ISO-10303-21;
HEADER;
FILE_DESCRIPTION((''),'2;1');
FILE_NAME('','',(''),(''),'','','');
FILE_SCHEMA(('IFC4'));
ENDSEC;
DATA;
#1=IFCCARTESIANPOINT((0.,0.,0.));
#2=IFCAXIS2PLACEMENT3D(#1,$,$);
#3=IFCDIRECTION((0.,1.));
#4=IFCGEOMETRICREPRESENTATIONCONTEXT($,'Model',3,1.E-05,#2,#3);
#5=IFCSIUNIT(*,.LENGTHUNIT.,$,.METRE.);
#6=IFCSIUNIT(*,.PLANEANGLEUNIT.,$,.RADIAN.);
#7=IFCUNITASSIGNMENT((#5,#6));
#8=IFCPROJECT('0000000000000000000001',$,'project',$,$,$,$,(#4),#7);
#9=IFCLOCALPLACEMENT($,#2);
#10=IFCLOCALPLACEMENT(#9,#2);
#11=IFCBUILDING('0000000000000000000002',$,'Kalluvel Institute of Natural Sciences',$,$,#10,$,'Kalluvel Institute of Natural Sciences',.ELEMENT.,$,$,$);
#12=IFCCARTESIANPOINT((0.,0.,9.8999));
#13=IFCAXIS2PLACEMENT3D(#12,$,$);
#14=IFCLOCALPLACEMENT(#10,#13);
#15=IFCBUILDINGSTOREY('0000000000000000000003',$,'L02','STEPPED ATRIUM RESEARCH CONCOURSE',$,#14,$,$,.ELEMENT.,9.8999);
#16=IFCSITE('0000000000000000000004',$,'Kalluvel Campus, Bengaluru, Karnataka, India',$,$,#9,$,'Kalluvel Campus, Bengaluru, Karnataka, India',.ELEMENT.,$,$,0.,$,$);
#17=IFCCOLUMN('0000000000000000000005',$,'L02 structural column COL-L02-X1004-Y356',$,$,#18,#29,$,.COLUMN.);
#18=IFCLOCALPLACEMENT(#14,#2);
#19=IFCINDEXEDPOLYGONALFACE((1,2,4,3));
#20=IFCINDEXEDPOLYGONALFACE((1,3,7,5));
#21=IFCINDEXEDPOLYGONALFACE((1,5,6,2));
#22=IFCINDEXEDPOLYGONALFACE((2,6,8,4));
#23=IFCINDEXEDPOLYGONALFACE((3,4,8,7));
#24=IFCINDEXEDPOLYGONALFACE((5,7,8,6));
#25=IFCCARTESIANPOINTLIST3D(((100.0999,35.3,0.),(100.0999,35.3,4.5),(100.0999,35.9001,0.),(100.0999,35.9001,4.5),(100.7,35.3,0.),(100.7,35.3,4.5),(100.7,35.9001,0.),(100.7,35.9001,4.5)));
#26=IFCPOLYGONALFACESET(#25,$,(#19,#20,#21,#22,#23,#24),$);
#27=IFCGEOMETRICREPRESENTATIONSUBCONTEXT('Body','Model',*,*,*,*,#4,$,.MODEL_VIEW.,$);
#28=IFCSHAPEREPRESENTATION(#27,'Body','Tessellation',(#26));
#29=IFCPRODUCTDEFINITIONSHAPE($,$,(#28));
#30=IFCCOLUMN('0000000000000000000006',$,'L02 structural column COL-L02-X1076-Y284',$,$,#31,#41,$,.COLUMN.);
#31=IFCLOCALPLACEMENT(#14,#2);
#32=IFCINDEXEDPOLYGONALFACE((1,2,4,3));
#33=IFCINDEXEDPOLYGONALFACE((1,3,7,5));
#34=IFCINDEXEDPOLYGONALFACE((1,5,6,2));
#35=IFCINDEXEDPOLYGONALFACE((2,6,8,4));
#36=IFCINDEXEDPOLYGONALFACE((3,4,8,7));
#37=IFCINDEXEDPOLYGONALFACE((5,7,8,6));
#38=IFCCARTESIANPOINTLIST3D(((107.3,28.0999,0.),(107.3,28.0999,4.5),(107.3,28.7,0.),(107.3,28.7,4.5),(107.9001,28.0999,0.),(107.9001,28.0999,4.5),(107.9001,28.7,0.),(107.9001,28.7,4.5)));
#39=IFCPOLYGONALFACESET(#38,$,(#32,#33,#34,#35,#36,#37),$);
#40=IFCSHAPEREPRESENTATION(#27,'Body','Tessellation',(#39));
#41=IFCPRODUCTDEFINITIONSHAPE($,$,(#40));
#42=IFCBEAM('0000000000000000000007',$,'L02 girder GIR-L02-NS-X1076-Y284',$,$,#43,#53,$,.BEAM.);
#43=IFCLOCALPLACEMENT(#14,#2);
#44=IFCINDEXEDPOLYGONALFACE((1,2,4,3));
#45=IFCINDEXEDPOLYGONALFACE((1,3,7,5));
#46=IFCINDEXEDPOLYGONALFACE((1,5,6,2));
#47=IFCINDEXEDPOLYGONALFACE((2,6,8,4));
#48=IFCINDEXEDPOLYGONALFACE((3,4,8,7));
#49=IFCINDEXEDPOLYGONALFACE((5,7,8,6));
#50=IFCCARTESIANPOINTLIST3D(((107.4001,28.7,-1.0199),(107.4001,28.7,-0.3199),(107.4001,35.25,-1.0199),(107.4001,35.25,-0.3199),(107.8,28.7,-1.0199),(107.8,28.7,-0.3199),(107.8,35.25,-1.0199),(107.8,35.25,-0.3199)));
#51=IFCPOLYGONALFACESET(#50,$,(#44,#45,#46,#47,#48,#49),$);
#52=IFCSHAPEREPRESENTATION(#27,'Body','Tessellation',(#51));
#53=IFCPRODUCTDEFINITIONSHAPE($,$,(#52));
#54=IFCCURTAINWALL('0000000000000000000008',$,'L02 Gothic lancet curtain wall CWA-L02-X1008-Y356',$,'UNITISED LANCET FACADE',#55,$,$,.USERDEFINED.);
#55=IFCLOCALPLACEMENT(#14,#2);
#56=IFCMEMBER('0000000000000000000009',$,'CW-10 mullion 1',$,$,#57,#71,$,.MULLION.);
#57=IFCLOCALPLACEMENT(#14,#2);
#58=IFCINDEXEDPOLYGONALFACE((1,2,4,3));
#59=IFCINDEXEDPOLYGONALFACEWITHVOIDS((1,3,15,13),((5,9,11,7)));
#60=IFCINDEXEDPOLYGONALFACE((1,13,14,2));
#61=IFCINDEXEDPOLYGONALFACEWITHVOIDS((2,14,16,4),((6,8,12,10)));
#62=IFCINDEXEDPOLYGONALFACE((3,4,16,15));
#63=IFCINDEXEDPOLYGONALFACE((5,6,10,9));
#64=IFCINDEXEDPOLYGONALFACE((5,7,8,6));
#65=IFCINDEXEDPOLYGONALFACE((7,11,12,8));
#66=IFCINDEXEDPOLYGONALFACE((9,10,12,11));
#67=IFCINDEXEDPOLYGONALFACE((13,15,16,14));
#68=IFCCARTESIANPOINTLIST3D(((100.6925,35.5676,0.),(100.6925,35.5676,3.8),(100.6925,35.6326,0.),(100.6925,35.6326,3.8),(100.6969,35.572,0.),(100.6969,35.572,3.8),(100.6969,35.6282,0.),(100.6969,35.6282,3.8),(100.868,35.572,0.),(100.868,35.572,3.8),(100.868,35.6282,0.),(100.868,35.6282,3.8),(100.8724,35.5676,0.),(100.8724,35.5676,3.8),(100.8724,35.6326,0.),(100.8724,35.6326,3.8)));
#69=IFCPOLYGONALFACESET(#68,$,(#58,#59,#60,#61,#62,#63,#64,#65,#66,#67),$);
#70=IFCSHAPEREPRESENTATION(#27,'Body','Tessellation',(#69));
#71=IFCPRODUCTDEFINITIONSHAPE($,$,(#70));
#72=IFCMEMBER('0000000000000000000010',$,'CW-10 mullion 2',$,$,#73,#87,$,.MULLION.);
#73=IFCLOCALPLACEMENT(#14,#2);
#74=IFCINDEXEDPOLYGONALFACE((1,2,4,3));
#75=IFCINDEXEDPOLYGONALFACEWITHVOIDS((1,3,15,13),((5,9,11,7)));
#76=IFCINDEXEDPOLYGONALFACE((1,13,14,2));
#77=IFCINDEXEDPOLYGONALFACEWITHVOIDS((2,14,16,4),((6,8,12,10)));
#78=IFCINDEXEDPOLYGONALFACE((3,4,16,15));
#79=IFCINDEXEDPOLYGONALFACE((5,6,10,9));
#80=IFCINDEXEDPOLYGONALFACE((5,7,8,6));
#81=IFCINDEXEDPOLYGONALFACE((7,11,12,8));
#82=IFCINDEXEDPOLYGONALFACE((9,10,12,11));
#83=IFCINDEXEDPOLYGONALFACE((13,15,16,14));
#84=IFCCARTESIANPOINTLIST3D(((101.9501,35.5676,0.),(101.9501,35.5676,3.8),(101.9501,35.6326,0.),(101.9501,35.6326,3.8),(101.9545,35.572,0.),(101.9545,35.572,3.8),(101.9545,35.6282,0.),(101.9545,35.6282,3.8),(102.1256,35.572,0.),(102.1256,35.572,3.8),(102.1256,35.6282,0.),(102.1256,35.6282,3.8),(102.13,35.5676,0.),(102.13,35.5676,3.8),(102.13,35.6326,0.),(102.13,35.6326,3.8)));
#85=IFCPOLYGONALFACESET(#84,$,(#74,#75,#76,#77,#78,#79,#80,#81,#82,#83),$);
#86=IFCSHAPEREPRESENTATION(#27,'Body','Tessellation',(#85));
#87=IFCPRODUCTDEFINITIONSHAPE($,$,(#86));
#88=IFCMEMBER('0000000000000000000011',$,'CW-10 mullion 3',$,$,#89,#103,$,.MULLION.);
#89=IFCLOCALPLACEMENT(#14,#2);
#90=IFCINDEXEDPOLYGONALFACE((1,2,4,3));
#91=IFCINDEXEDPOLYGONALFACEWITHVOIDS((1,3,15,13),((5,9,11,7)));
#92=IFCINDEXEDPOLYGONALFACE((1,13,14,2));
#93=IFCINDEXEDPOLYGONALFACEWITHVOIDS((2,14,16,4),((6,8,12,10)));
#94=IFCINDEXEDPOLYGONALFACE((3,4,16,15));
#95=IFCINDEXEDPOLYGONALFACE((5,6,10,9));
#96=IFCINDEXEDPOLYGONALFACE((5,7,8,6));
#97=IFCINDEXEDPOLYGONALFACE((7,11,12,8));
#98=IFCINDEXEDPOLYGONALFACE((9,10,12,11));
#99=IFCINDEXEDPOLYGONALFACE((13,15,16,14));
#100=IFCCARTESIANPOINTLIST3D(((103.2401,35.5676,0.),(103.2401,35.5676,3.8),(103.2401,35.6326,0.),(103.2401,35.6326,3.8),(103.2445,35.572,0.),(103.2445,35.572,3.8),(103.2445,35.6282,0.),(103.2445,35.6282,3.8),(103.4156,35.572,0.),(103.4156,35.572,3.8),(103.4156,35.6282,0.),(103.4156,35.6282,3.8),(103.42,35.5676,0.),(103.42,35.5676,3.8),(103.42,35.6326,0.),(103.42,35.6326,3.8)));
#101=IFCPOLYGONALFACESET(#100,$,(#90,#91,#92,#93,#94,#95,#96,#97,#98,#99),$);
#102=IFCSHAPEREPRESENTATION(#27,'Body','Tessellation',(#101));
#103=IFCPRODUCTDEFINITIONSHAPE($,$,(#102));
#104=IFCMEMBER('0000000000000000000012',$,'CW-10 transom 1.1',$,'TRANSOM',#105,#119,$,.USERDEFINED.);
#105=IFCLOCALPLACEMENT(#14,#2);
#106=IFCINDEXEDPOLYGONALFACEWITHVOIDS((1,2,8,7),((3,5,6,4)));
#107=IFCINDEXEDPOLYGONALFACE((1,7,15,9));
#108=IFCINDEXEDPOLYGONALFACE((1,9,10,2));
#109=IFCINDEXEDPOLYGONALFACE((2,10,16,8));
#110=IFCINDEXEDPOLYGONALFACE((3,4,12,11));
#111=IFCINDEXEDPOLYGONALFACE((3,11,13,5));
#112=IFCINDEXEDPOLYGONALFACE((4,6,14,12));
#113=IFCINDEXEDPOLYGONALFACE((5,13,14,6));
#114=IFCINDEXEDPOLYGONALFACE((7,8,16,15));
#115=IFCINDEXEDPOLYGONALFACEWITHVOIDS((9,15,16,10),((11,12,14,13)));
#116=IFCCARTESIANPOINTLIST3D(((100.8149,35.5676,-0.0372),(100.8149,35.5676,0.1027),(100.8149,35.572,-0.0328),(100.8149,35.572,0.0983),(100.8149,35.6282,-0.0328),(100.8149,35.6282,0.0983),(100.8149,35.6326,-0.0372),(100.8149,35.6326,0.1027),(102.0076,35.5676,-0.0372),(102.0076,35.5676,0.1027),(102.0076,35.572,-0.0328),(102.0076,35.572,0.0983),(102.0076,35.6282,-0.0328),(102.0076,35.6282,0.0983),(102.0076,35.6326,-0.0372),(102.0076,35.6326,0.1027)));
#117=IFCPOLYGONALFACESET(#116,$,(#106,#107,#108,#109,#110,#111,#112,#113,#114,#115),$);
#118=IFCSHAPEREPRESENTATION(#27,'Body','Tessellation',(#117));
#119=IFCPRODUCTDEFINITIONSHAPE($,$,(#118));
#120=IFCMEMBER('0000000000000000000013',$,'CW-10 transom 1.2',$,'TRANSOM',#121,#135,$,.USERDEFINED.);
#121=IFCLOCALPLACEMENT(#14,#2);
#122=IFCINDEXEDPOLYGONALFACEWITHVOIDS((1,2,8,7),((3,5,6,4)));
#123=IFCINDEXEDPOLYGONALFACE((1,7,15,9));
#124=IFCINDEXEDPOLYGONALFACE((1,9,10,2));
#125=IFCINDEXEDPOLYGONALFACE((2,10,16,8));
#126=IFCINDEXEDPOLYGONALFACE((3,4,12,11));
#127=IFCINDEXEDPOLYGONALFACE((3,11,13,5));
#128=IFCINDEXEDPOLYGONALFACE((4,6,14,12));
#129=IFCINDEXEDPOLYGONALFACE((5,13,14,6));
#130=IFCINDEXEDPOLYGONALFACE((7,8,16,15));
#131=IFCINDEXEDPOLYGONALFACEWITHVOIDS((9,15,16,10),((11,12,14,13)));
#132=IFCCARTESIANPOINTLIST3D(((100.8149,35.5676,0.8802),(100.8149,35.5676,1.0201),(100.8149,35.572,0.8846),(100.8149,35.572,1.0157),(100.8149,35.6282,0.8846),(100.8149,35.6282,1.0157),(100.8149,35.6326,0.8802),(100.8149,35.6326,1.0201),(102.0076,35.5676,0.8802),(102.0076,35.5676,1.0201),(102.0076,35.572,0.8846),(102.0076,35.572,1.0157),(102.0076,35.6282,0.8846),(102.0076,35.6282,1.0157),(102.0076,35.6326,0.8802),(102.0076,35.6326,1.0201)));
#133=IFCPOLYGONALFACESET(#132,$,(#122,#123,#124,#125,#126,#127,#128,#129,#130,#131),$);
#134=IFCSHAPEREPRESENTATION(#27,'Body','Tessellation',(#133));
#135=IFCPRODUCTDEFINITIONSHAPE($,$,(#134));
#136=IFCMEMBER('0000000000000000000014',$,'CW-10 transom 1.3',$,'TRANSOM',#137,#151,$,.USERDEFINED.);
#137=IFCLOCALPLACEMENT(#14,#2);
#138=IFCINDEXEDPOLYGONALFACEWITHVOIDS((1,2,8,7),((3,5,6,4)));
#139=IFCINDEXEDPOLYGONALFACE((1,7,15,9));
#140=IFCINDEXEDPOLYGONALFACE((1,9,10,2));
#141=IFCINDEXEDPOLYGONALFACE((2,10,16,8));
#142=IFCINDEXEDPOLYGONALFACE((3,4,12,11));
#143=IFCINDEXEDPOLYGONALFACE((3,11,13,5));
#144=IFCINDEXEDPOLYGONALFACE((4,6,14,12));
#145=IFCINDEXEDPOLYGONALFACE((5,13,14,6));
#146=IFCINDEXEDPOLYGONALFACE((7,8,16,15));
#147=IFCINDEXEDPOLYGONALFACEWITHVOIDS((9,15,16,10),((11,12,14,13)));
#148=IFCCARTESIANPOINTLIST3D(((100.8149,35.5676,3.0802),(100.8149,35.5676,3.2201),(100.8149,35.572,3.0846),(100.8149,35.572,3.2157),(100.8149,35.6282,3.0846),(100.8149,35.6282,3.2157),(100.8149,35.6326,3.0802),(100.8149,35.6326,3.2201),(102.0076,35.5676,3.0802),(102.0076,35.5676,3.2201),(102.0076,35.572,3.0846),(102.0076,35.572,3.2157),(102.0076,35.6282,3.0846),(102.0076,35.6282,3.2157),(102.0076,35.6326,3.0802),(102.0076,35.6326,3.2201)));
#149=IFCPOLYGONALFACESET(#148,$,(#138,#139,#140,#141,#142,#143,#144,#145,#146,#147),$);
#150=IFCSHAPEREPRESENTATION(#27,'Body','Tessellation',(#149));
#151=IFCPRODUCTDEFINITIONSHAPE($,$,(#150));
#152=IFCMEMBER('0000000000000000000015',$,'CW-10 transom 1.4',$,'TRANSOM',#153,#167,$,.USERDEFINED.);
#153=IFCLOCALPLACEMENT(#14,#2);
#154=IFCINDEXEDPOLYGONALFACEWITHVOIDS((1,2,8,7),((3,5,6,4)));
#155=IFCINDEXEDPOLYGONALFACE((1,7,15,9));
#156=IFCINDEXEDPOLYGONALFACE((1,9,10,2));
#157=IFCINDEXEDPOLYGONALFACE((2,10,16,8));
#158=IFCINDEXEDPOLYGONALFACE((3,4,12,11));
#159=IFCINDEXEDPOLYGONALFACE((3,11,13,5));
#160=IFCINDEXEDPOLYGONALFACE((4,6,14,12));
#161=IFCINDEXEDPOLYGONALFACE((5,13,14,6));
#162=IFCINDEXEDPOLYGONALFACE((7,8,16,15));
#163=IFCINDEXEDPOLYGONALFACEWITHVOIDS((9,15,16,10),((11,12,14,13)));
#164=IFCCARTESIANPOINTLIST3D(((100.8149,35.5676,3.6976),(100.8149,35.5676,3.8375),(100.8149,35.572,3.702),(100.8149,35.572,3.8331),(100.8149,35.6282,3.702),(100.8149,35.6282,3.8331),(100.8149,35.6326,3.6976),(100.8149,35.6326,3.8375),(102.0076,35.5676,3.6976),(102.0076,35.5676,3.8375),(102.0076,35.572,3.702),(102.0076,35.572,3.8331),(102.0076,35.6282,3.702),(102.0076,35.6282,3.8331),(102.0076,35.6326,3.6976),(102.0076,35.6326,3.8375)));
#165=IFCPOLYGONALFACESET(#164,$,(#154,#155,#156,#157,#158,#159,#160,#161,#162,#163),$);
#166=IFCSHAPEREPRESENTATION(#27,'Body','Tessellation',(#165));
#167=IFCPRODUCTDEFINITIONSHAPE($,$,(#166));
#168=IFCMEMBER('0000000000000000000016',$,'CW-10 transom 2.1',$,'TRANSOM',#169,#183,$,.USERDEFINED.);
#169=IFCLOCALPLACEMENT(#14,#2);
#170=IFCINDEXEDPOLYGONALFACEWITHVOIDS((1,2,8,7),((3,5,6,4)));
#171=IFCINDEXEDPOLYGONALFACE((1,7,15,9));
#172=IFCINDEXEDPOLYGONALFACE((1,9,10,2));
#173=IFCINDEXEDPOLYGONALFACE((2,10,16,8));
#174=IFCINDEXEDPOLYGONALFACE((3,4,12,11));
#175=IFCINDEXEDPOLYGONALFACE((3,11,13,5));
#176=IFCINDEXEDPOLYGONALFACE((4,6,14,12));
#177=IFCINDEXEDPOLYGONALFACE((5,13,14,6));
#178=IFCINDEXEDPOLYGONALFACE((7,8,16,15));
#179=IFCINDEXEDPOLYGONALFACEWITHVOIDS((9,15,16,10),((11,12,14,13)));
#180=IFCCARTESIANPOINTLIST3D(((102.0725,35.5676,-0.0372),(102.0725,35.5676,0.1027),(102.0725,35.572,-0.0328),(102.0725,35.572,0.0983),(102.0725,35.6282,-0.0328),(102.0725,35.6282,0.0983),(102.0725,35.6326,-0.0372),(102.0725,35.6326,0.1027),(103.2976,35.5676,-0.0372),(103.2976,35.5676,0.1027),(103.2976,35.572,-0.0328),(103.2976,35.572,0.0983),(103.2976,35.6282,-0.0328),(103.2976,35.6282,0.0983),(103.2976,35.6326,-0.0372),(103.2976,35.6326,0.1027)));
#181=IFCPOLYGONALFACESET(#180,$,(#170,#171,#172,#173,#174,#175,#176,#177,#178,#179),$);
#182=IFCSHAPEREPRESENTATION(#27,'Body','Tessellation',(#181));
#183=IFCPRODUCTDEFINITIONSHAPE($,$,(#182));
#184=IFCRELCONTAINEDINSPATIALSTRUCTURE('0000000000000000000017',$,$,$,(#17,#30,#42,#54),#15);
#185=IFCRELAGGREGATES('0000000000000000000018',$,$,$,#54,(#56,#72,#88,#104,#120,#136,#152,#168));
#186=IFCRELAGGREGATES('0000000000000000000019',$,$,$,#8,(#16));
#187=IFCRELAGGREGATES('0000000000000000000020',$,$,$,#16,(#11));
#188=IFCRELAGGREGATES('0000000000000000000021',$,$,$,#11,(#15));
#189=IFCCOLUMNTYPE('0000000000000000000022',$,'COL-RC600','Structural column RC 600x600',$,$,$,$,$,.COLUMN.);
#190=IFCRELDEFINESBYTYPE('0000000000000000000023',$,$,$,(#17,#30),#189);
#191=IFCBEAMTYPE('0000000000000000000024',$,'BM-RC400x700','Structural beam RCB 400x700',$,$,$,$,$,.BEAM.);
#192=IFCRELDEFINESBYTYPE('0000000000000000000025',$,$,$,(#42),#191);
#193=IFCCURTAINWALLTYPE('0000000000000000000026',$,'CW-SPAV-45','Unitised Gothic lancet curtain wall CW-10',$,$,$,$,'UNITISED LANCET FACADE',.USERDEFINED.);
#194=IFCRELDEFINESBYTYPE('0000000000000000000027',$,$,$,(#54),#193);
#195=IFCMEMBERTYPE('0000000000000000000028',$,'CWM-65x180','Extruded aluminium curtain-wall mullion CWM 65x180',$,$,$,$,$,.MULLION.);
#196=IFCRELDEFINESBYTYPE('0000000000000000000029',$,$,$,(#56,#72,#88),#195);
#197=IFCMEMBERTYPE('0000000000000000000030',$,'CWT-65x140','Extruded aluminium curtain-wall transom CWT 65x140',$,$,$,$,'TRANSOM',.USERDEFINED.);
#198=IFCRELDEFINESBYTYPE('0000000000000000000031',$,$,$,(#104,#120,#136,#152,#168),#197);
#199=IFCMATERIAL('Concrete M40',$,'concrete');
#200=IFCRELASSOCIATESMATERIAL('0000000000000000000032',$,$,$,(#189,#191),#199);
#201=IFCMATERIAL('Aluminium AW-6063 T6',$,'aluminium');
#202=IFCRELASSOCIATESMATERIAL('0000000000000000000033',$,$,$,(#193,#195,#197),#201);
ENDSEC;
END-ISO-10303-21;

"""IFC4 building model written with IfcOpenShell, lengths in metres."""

from ifc_helpers import new_model, si_unit, direction, frame, origin, origin_2d, place, context, subcontext, project, spatial, rectangle, hollow_rectangle, extrude, material, material_profile, profile_set, type_object, element, aggregate, save


model = new_model("IFC4")

# Units and contexts
model_context = context("Model", 3, precision=1e-05, world=origin(), true_north=direction((0.0, 1.0)))
body_context = subcontext(model_context, "Body", "Model", "MODEL_VIEW")
ifc_project = project(units=[si_unit("LENGTHUNIT", "METRE"), si_unit("PLANEANGLEUNIT", "RADIAN")], contexts=[model_context])

# Site, building, storey
site_placement = place(None, origin())
site = spatial("IfcSite", under=ifc_project, at=site_placement, Name="Kalluvel Campus, Bengaluru, Karnataka, India", LongName="Kalluvel Campus, Bengaluru, Karnataka, India", CompositionType="ELEMENT", RefElevation=0.0)
building_placement = place(site_placement, origin())
building = spatial("IfcBuilding", under=site, at=building_placement, Name="Kalluvel Institute of Natural Sciences", LongName="Kalluvel Institute of Natural Sciences", CompositionType="ELEMENT")
storey_placement = place(building_placement, frame((0.0, 0.0, 9.8999)))
storey = spatial("IfcBuildingStorey", under=building, at=storey_placement, Name="L02", Description="STEPPED ATRIUM RESEARCH CONCOURSE", CompositionType="ELEMENT", Elevation=9.8999)

# Columns
ifc_material_1 = material(Name="Concrete M40", Category="concrete")
ifc_material_profile_1 = material_profile(ifc_material_1, rectangle(XDim=0.6001, YDim=0.6001, at=origin_2d()), Name="RC 600x600")
ifc_profile_set_1 = profile_set([ifc_material_profile_1], Name="Concrete M40")
column_type = type_object("IfcColumnType", Name="COL-RC600", Description="Structural column RC 600x600", PredefinedType="COLUMN", material=ifc_profile_set_1)
for number, where, z_axis, x_axis, name in (
    (1, (100.3999, 35.6001, 0.0), (0.0, 0.0, 1.0), (1.0, 0.0, 0.0), "L02 structural column COL-L02-X1004-Y356"),
    (2, (107.6001, 28.3999, 0.0), (0.0, 0.0, 1.0), (1.0, 0.0, 0.0), "L02 structural column COL-L02-X1076-Y284"),
):
    element("IfcColumn", number, at=place(storey_placement, frame(where, z_axis=z_axis, x_axis=x_axis)), inside=storey, type_object=column_type, Name=name, PredefinedType="COLUMN", context=body_context, shape_type="SweptSolid", body=[
        extrude(rectangle(XDim=0.6001, YDim=0.6001, at=origin_2d()), origin(), (0.0, 0.0, 1.0), 4.5),
    ])

# Beam
ifc_material_profile_2 = material_profile(ifc_material_1, rectangle(XDim=0.3999, YDim=0.7, at=origin_2d()), Name="RCB 400x700")
ifc_profile_set_2 = profile_set([ifc_material_profile_2], Name="Concrete M40")
beam_type_1 = type_object("IfcBeamType", Name="BM-RC400x700", Description="Structural beam RCB 400x700", PredefinedType="BEAM", material=ifc_profile_set_2)
beam_1_placement = place(storey_placement, frame((107.6001, 28.7, -0.6699), z_axis=(0.0, 1.0, 0.0), x_axis=(-1.0, 0.0, 0.0)))
element("IfcBeam", 3, at=beam_1_placement, inside=storey, type_object=beam_type_1, Name="L02 girder GIR-L02-NS-X1076-Y284", PredefinedType="BEAM", context=body_context, shape_type="SweptSolid", body=[
    extrude(rectangle(XDim=0.3999, YDim=0.7, at=origin_2d()), origin(), (0.0, 0.0, 1.0), 6.55),
])

# Curtain wall, members
ifc_material_2 = material(Name="Aluminium AW-6063 T6", Category="aluminium")
curtain_wall_type = type_object("IfcCurtainWallType", Name="CW-SPAV-45", Description="Unitised Gothic lancet curtain wall CW-10", ElementType="UNITISED LANCET FACADE", PredefinedType="USERDEFINED", material=ifc_material_2)
curtain_wall_placement = place(storey_placement, origin())
curtain_wall = element("IfcCurtainWall", 4, at=curtain_wall_placement, inside=storey, type_object=curtain_wall_type, Name="L02 Gothic lancet curtain wall CWA-L02-X1008-Y356", ObjectType="UNITISED LANCET FACADE", PredefinedType="USERDEFINED")
ifc_material_profile_3 = material_profile(ifc_material_2, hollow_rectangle(XDim=0.0649, YDim=0.1799, WallThickness=0.0044, at=origin_2d()), Name="CWM 65x180")
ifc_profile_set_3 = profile_set([ifc_material_profile_3], Name="Aluminium AW-6063 T6")
member_type_1 = type_object("IfcMemberType", Name="CWM-65x180", Description="Extruded aluminium curtain-wall mullion CWM 65x180", PredefinedType="MULLION", material=ifc_profile_set_3)
member_1_placement = place(storey_placement, frame((100.7825, 35.6001, 0.0), z_axis=(0.0, 0.0, 1.0), x_axis=(0.0, 1.0, 0.0)))
member_1 = element("IfcMember", 5, at=member_1_placement, type_object=member_type_1, Name="CW-10 mullion 1", PredefinedType="MULLION", context=body_context, shape_type="SweptSolid", body=[
    extrude(hollow_rectangle(XDim=0.0649, YDim=0.1799, WallThickness=0.0044, at=origin_2d()), origin(), (0.0, 0.0, 1.0), 3.8),
])
member_2_placement = place(storey_placement, frame((102.04, 35.6001, 0.0), z_axis=(0.0, 0.0, 1.0), x_axis=(0.0, 1.0, 0.0)))
member_2 = element("IfcMember", 6, at=member_2_placement, type_object=member_type_1, Name="CW-10 mullion 2", PredefinedType="MULLION", context=body_context, shape_type="SweptSolid", body=[
    extrude(hollow_rectangle(XDim=0.0649, YDim=0.1799, WallThickness=0.0044, at=origin_2d()), origin(), (0.0, 0.0, 1.0), 3.8),
])
member_3_placement = place(storey_placement, frame((103.3301, 35.6001, 0.0), z_axis=(0.0, 0.0, 1.0), x_axis=(0.0, 1.0, 0.0)))
member_3 = element("IfcMember", 7, at=member_3_placement, type_object=member_type_1, Name="CW-10 mullion 3", PredefinedType="MULLION", context=body_context, shape_type="SweptSolid", body=[
    extrude(hollow_rectangle(XDim=0.0649, YDim=0.1799, WallThickness=0.0044, at=origin_2d()), origin(), (0.0, 0.0, 1.0), 3.8),
])
ifc_material_profile_4 = material_profile(ifc_material_2, hollow_rectangle(XDim=0.0649, YDim=0.1399, WallThickness=0.0044, at=origin_2d()), Name="CWT 65x140")
ifc_profile_set_4 = profile_set([ifc_material_profile_4], Name="Aluminium AW-6063 T6")
member_type_2 = type_object("IfcMemberType", Name="CWT-65x140", Description="Extruded aluminium curtain-wall transom CWT 65x140", ElementType="TRANSOM", PredefinedType="USERDEFINED", material=ifc_profile_set_4)
member_4_placement = place(storey_placement, frame((100.8149, 35.6001, 0.0327), z_axis=(1.0, 0.0, 0.0), x_axis=(0.0, 1.0, 0.0)))
member_4 = element("IfcMember", 8, at=member_4_placement, type_object=member_type_2, Name="CW-10 transom 1.1", ObjectType="TRANSOM", PredefinedType="USERDEFINED", context=body_context, shape_type="SweptSolid", body=[
    extrude(hollow_rectangle(XDim=0.0649, YDim=0.1399, WallThickness=0.0044, at=origin_2d()), origin(), (0.0, 0.0, 1.0), 1.1926),
])
member_5_placement = place(storey_placement, frame((100.8149, 35.6001, 0.9502), z_axis=(1.0, 0.0, 0.0), x_axis=(0.0, 1.0, 0.0)))
member_5 = element("IfcMember", 9, at=member_5_placement, type_object=member_type_2, Name="CW-10 transom 1.2", ObjectType="TRANSOM", PredefinedType="USERDEFINED", context=body_context, shape_type="SweptSolid", body=[
    extrude(hollow_rectangle(XDim=0.0649, YDim=0.1399, WallThickness=0.0044, at=origin_2d()), origin(), (0.0, 0.0, 1.0), 1.1926),
])
member_6_placement = place(storey_placement, frame((100.8149, 35.6001, 3.1501), z_axis=(1.0, 0.0, 0.0), x_axis=(0.0, 1.0, 0.0)))
member_6 = element("IfcMember", 10, at=member_6_placement, type_object=member_type_2, Name="CW-10 transom 1.3", ObjectType="TRANSOM", PredefinedType="USERDEFINED", context=body_context, shape_type="SweptSolid", body=[
    extrude(hollow_rectangle(XDim=0.0649, YDim=0.1399, WallThickness=0.0044, at=origin_2d()), origin(), (0.0, 0.0, 1.0), 1.1926),
])
member_7_placement = place(storey_placement, frame((100.8149, 35.6001, 3.7676), z_axis=(1.0, 0.0, 0.0), x_axis=(0.0, 1.0, 0.0)))
member_7 = element("IfcMember", 11, at=member_7_placement, type_object=member_type_2, Name="CW-10 transom 1.4", ObjectType="TRANSOM", PredefinedType="USERDEFINED", context=body_context, shape_type="SweptSolid", body=[
    extrude(hollow_rectangle(XDim=0.0649, YDim=0.1399, WallThickness=0.0044, at=origin_2d()), origin(), (0.0, 0.0, 1.0), 1.1926),
])
member_8_placement = place(storey_placement, frame((102.0725, 35.6001, 0.0327), z_axis=(1.0, 0.0, 0.0), x_axis=(0.0, 1.0, 0.0)))
member_8 = element("IfcMember", 12, at=member_8_placement, type_object=member_type_2, Name="CW-10 transom 2.1", ObjectType="TRANSOM", PredefinedType="USERDEFINED", context=body_context, shape_type="SweptSolid", body=[
    extrude(hollow_rectangle(XDim=0.0649, YDim=0.1399, WallThickness=0.0044, at=origin_2d()), origin(), (0.0, 0.0, 1.0), 1.2251),
])

aggregate(curtain_wall, [member_1, member_2, member_3, member_4, member_5, member_6, member_7, member_8])

save(model, "model.ifc")
